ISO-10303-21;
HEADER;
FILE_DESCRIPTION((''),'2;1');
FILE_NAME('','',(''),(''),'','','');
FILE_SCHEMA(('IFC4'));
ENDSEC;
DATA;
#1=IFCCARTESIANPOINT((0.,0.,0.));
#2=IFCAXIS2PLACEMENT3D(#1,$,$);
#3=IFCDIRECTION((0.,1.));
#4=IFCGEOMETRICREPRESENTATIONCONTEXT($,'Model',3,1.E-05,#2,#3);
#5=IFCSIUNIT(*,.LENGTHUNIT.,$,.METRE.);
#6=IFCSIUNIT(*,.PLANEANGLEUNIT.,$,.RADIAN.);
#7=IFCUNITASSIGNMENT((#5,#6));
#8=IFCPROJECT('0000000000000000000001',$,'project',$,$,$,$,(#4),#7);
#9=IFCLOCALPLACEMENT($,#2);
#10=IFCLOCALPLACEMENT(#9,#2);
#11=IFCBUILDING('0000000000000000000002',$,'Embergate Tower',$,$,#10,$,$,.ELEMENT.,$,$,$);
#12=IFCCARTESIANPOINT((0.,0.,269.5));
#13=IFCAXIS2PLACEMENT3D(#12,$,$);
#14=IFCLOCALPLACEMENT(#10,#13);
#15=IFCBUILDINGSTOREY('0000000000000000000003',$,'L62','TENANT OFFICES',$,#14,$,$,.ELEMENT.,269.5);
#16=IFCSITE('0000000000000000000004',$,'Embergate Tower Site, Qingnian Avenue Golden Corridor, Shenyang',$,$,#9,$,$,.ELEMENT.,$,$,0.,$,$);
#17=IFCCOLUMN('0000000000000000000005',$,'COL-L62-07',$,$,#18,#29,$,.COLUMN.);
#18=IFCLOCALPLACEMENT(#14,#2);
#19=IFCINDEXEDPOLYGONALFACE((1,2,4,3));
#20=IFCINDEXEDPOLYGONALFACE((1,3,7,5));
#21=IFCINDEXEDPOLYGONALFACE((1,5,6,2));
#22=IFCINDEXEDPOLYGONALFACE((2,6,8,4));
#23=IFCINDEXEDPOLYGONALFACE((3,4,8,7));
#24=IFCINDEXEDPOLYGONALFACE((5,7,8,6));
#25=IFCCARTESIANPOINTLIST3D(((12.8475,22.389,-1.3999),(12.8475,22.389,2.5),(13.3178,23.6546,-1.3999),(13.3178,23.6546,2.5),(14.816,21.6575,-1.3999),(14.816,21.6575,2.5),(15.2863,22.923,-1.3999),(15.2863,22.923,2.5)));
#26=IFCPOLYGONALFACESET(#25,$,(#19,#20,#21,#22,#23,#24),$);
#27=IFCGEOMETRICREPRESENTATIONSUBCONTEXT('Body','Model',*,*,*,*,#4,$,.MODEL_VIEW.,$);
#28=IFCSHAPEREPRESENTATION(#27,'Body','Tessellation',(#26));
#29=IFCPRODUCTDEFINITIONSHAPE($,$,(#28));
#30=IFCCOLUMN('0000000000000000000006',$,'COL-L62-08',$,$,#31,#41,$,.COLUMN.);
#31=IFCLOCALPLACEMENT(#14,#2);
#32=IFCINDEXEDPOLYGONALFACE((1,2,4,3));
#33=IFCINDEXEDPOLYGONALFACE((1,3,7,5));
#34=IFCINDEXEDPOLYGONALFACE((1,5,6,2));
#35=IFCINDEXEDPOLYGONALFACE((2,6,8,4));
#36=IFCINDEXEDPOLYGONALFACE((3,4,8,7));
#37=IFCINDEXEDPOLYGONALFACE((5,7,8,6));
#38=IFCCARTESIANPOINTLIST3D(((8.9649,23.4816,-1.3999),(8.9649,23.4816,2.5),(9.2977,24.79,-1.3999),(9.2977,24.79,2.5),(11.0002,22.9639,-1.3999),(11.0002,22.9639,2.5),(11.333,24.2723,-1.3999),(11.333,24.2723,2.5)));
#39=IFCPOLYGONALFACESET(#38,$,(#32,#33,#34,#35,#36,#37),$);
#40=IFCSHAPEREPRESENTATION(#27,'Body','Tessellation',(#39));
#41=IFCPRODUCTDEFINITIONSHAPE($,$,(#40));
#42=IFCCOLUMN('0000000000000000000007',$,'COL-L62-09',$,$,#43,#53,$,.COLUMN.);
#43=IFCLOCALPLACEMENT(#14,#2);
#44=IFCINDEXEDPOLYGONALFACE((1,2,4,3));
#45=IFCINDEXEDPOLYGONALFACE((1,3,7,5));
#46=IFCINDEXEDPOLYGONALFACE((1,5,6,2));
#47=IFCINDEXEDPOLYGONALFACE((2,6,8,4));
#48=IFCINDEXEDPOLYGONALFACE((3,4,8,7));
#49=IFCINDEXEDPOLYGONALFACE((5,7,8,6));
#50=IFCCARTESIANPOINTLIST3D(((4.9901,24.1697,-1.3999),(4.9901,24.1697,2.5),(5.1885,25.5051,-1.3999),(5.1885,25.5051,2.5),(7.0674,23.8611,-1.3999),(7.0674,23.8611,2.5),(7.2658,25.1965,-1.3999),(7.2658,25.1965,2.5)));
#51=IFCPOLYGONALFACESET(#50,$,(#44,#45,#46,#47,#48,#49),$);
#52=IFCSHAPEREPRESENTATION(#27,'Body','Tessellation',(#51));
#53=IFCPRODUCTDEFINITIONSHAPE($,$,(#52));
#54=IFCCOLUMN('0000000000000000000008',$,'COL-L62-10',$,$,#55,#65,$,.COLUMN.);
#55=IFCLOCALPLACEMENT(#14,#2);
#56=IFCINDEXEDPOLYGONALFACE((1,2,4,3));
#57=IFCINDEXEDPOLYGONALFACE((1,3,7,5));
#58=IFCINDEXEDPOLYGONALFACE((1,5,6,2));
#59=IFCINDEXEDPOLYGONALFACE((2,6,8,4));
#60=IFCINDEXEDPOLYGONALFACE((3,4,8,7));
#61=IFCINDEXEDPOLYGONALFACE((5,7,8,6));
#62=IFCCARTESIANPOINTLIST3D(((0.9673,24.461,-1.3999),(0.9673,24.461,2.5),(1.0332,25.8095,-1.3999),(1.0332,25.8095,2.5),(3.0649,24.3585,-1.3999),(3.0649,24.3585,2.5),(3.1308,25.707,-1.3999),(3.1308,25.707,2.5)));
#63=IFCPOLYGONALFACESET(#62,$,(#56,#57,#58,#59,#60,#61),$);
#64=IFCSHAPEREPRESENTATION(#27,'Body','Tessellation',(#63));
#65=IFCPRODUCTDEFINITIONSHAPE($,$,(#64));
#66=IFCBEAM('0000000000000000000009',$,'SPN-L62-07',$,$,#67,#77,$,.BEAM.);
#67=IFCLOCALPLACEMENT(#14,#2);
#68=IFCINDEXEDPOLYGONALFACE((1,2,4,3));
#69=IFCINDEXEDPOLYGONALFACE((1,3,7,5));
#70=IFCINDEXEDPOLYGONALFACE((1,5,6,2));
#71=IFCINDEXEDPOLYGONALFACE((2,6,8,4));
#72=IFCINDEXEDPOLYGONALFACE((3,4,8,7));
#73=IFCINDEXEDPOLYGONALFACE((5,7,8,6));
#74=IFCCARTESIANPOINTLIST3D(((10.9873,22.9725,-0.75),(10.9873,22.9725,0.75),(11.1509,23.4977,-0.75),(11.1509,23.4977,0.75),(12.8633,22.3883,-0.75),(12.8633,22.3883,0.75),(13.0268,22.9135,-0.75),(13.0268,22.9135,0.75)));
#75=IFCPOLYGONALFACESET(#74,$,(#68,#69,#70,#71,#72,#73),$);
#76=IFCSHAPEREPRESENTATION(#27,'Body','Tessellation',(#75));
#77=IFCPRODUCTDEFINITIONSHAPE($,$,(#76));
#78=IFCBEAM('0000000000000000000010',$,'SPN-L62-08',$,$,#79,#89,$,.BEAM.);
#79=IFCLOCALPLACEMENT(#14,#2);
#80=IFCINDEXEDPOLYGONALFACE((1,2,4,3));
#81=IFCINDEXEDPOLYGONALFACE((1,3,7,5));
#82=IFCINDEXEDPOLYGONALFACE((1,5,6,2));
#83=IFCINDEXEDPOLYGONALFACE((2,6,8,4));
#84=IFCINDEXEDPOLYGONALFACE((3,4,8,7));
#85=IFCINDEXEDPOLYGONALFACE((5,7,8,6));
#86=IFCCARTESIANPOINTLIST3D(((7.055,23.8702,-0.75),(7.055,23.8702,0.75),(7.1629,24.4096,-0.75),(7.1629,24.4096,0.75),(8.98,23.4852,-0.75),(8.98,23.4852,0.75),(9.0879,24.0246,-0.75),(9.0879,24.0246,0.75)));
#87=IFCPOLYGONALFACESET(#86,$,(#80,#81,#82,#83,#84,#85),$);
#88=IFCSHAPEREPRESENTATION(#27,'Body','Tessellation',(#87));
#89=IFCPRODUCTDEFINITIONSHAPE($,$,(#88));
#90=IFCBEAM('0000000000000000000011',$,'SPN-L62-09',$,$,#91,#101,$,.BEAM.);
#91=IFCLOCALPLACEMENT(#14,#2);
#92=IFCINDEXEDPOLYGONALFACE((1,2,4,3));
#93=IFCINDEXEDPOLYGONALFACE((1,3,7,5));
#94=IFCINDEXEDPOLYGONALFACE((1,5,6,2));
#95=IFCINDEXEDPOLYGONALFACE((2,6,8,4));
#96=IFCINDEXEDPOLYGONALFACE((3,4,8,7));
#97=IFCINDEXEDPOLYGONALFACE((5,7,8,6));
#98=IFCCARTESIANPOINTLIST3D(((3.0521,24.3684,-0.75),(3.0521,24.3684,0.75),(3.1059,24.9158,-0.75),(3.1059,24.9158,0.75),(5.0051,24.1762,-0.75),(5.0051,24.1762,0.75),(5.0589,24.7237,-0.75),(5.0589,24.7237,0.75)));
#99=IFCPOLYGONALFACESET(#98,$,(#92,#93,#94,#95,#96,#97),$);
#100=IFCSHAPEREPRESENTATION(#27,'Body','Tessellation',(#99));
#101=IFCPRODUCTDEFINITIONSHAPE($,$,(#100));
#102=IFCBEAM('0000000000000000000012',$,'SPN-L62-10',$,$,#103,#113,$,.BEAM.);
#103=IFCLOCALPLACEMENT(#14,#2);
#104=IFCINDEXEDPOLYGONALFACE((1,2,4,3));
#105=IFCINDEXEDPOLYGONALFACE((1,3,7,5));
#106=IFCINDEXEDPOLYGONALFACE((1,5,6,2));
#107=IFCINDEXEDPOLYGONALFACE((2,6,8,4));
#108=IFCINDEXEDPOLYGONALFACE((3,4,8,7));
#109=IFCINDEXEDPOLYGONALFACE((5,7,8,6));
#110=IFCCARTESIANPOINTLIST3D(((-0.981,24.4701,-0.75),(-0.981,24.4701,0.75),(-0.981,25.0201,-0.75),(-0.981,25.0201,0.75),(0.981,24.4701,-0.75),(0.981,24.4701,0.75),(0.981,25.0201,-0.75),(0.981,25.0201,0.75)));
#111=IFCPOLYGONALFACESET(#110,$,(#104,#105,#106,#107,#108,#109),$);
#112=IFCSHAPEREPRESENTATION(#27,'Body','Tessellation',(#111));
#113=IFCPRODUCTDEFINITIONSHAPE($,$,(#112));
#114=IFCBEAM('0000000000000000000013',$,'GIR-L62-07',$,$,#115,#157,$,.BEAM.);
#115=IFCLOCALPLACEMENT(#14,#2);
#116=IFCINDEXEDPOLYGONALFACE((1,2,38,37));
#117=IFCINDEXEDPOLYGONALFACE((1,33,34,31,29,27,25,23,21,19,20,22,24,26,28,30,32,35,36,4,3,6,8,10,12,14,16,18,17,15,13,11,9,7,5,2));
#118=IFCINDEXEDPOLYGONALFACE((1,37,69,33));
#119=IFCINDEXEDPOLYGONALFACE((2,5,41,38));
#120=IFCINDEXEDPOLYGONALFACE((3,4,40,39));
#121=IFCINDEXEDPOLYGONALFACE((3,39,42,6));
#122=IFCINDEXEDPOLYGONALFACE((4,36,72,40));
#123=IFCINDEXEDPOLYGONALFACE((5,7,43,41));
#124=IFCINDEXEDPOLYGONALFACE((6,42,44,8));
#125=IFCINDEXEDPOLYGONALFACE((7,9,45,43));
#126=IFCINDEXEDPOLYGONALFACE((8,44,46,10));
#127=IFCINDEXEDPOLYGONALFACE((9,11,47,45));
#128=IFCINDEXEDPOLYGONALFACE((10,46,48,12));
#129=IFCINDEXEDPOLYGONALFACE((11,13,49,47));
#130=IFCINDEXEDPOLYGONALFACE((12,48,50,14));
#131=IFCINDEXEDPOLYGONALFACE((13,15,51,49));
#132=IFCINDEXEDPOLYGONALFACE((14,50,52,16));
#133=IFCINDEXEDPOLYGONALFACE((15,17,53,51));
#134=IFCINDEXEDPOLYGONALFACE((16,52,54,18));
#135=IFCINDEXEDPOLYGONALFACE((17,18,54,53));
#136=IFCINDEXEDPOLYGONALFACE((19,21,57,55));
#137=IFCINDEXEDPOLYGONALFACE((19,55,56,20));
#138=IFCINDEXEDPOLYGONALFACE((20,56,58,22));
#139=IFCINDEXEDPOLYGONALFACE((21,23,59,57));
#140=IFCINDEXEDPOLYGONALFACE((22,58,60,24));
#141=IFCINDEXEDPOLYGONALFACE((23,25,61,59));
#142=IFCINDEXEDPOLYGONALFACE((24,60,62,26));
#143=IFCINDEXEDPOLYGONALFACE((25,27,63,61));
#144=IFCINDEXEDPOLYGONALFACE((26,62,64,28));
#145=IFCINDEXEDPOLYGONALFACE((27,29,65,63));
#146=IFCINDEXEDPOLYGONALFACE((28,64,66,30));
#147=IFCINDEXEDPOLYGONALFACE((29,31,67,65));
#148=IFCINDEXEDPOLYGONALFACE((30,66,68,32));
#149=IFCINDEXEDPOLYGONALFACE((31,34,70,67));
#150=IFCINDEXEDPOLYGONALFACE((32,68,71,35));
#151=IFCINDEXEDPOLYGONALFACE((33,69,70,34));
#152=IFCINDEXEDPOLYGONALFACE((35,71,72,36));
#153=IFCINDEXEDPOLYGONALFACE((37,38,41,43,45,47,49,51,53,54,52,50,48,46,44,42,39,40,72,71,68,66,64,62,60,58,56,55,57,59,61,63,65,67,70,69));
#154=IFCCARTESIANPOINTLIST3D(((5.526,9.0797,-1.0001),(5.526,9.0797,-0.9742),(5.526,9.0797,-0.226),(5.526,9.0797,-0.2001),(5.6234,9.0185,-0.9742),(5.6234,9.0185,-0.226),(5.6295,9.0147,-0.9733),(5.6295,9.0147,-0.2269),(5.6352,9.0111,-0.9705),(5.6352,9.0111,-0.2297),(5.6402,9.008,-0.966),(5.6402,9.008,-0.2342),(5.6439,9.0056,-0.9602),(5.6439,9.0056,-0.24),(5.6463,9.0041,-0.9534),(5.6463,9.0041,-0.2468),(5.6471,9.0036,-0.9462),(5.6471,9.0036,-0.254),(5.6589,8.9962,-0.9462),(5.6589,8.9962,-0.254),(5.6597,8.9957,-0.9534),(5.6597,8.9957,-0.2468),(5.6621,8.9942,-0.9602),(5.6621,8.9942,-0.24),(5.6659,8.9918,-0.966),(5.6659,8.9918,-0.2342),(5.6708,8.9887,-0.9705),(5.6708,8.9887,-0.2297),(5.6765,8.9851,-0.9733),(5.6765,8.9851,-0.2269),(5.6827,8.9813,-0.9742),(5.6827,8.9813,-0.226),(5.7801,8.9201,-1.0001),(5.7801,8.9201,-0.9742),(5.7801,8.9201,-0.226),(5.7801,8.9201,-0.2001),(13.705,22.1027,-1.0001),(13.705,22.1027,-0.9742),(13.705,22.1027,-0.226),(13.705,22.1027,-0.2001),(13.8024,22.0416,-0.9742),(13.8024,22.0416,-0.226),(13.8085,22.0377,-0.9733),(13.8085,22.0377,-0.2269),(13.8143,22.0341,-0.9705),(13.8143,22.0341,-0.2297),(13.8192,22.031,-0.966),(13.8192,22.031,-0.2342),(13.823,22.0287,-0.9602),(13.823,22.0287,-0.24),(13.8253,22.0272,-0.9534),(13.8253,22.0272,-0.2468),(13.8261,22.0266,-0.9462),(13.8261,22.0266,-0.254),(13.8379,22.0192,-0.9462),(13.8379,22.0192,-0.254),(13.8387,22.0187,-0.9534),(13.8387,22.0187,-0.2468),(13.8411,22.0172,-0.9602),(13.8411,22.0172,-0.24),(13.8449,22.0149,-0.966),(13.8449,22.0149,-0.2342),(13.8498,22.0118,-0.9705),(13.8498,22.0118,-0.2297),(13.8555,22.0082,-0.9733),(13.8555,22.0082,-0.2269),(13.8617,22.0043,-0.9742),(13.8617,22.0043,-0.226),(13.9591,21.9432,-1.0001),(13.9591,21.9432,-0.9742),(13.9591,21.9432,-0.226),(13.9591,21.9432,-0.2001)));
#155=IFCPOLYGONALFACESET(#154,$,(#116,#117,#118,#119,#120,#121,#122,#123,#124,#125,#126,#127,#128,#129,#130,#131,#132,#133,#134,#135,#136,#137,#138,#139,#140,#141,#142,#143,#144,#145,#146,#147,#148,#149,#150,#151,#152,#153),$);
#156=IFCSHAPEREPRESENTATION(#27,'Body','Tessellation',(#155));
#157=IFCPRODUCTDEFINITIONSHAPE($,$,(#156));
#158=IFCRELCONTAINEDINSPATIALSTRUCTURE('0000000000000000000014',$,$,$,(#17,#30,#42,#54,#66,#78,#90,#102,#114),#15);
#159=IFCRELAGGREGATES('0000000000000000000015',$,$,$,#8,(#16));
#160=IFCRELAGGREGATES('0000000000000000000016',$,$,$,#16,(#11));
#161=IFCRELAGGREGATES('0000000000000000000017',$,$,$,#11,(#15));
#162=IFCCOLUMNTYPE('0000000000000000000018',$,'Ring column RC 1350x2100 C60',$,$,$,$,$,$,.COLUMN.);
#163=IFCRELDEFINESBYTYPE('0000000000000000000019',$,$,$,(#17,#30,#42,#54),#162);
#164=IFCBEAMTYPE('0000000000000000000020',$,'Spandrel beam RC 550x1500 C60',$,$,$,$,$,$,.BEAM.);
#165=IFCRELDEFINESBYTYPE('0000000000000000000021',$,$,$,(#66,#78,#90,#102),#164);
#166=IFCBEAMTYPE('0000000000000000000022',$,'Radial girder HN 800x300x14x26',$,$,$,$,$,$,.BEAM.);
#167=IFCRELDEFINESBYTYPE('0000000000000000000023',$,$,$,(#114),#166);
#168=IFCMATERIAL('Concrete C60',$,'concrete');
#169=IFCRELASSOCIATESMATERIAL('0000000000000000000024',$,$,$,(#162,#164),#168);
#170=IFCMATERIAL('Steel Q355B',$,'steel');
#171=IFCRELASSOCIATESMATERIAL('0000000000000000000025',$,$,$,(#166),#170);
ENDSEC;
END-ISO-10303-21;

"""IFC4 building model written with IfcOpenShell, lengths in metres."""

from ifc_helpers import new_model, si_unit, direction, frame, origin, origin_2d, place, context, subcontext, project, spatial, rectangle, i_section, extrude, source, transform, mapped, material, material_profile, profile_set, type_object, element, save


model = new_model("IFC4")

# Units and contexts
model_context = context("Model", 3, precision=1e-05, world=origin(), true_north=direction((0.0, 1.0)))
body_context = subcontext(model_context, "Body", "Model", "MODEL_VIEW")
ifc_project = project(units=[si_unit("LENGTHUNIT", "METRE"), si_unit("PLANEANGLEUNIT", "RADIAN")], contexts=[model_context])

# Site, building, storey
site_placement = place(None, origin())
site = spatial("IfcSite", under=ifc_project, at=site_placement, Name="Embergate Tower Site, Qingnian Avenue Golden Corridor, Shenyang", CompositionType="ELEMENT", RefElevation=0.0)
building_placement = place(site_placement, origin())
building = spatial("IfcBuilding", under=site, at=building_placement, Name="Embergate Tower", CompositionType="ELEMENT")
storey_placement = place(building_placement, frame((0.0, 0.0, 269.5)))
storey = spatial("IfcBuildingStorey", under=building, at=storey_placement, Name="L62", Description="TENANT OFFICES", CompositionType="ELEMENT", Elevation=269.5)

# Columns
ifc_material_1 = material(Name="Concrete C60", Category="concrete")
ifc_material_profile_1 = material_profile(ifc_material_1, rectangle(XDim=1.3501, YDim=2.1001, at=origin_2d()), Name="RC 1350x2100")
ifc_profile_set_1 = profile_set([ifc_material_profile_1], Name="Concrete C60")
column_type = type_object("IfcColumnType", Name="Ring column RC 1350x2100 C60", PredefinedType="COLUMN", material=ifc_profile_set_1)
shared_shape_1 = source(origin(), body_context, "Body", "SweptSolid", [
    extrude(rectangle(XDim=1.3501, YDim=2.1001, at=origin_2d()), origin(), (0.0, 0.0, 1.0), 3.8999),
])
for number, where, z_axis, x_axis, name in (
    (1, (14.0669, 22.656, -1.3999), (0.0, 0.0, 1.0), (0.348343, 0.937367, 0.0), "COL-L62-07"),
    (2, (10.1489, 23.877, -1.3999), (0.0, 0.0, 1.0), (0.246492, 0.969145, 0.0), "COL-L62-08"),
    (3, (6.1279, 24.6831, -1.3999), (0.0, 0.0, 1.0), (0.146929, 0.989147, 0.0), "COL-L62-09"),
    (4, (2.0491, 25.084, -1.3999), (0.0, 0.0, 1.0), (0.048815, 0.998808, 0.0), "COL-L62-10"),
):
    element("IfcColumn", number, at=place(storey_placement, frame(where, z_axis=z_axis, x_axis=x_axis)), inside=storey, type_object=column_type, Name=name, PredefinedType="COLUMN", context=body_context, shape_type="MappedRepresentation", body=[
        mapped(shared_shape_1, transform((0.0, 0.0, 0.0))),
    ])

# Beams
ifc_material_profile_2 = material_profile(ifc_material_1, rectangle(XDim=0.55, YDim=1.5, at=origin_2d()), Name="RC 550x1500")
ifc_profile_set_2 = profile_set([ifc_material_profile_2], Name="Concrete C60")
beam_type_1 = type_object("IfcBeamType", Name="Spandrel beam RC 550x1500 C60", PredefinedType="BEAM", material=ifc_profile_set_2)
shared_shape_2 = source(origin(), body_context, "Body", "SweptSolid", [
    extrude(rectangle(XDim=0.55, YDim=1.5, at=origin_2d()), origin(), (0.0, 0.0, 1.0), 1.9648),
])
beam_1_placement = place(storey_placement, frame((12.9451, 22.6509, 0.0), z_axis=(-0.954771, 0.297341, 0.0), x_axis=(-0.297341, -0.954771, 0.0)))
element("IfcBeam", 5, at=beam_1_placement, inside=storey, type_object=beam_type_1, Name="SPN-L62-07", PredefinedType="BEAM", context=body_context, shape_type="MappedRepresentation", body=[
    mapped(shared_shape_2, transform((0.0, 0.0, 0.0))),
])
shared_shape_3 = source(origin(), body_context, "Body", "SweptSolid", [
    extrude(rectangle(XDim=0.55, YDim=1.5, at=origin_2d()), origin(), (0.0, 0.0, 1.0), 1.9631),
])
beam_2_placement = place(storey_placement, frame((9.0339, 23.7549, 0.0), z_axis=(-0.980581, 0.196116, 0.0), x_axis=(-0.196116, -0.980581, 0.0)))
element("IfcBeam", 6, at=beam_2_placement, inside=storey, type_object=beam_type_1, Name="SPN-L62-08", PredefinedType="BEAM", context=body_context, shape_type="MappedRepresentation", body=[
    mapped(shared_shape_3, transform((0.0, 0.0, 0.0))),
])
shared_shape_4 = source(origin(), body_context, "Body", "SweptSolid", [
    extrude(rectangle(XDim=0.55, YDim=1.5, at=origin_2d()), origin(), (0.0, 0.0, 1.0), 1.9624),
])
beam_3_placement = place(storey_placement, frame((5.032, 24.45, 0.0), z_axis=(-0.995195, 0.097915, 0.0), x_axis=(-0.097915, -0.995195, 0.0)))
element("IfcBeam", 7, at=beam_3_placement, inside=storey, type_object=beam_type_1, Name="SPN-L62-09", PredefinedType="BEAM", context=body_context, shape_type="MappedRepresentation", body=[
    mapped(shared_shape_4, transform((0.0, 0.0, 0.0))),
])
shared_shape_5 = source(origin(), body_context, "Body", "SweptSolid", [
    extrude(rectangle(XDim=0.55, YDim=1.5, at=origin_2d()), origin(), (0.0, 0.0, 1.0), 1.9619),
])
beam_4_placement = place(storey_placement, frame((0.981, 24.7451, 0.0), z_axis=(-1.0, 0.0, 0.0), x_axis=(0.0, -1.0, 0.0)))
element("IfcBeam", 8, at=beam_4_placement, inside=storey, type_object=beam_type_1, Name="SPN-L62-10", PredefinedType="BEAM", context=body_context, shape_type="MappedRepresentation", body=[
    mapped(shared_shape_5, transform((0.0, 0.0, 0.0))),
])
ifc_material_2 = material(Name="Steel Q355B", Category="steel")
ifc_material_profile_3 = material_profile(ifc_material_2, i_section(OverallWidth=0.3, OverallDepth=0.8, WebThickness=0.0139, FlangeThickness=0.0259, FilletRadius=0.0281, at=origin_2d()), Name="HN 800x300x14x26")
ifc_profile_set_3 = profile_set([ifc_material_profile_3], Name="Steel Q355 grade B")
beam_type_2 = type_object("IfcBeamType", Name="Radial girder HN 800x300x14x26", PredefinedType="BEAM", material=ifc_profile_set_3)
shared_shape_6 = source(origin(), body_context, "Body", "SweptSolid", [
    extrude(i_section(OverallWidth=0.3, OverallDepth=0.8, WebThickness=0.0139, FlangeThickness=0.0259, FilletRadius=0.0281, at=origin_2d()), origin(), (0.0, 0.0, 1.0), 15.3784),
])
beam_5_placement = place(storey_placement, frame((13.832, 22.0229, -0.6001), z_axis=(-0.53185, -0.846839, 0.0), x_axis=(0.846839, -0.53185, 0.0)))
element("IfcBeam", 9, at=beam_5_placement, inside=storey, type_object=beam_type_2, Name="GIR-L62-07", PredefinedType="BEAM", context=body_context, shape_type="MappedRepresentation", body=[
    mapped(shared_shape_6, transform((0.0, 0.0, 0.0))),
])

save(model, "model.ifc")
